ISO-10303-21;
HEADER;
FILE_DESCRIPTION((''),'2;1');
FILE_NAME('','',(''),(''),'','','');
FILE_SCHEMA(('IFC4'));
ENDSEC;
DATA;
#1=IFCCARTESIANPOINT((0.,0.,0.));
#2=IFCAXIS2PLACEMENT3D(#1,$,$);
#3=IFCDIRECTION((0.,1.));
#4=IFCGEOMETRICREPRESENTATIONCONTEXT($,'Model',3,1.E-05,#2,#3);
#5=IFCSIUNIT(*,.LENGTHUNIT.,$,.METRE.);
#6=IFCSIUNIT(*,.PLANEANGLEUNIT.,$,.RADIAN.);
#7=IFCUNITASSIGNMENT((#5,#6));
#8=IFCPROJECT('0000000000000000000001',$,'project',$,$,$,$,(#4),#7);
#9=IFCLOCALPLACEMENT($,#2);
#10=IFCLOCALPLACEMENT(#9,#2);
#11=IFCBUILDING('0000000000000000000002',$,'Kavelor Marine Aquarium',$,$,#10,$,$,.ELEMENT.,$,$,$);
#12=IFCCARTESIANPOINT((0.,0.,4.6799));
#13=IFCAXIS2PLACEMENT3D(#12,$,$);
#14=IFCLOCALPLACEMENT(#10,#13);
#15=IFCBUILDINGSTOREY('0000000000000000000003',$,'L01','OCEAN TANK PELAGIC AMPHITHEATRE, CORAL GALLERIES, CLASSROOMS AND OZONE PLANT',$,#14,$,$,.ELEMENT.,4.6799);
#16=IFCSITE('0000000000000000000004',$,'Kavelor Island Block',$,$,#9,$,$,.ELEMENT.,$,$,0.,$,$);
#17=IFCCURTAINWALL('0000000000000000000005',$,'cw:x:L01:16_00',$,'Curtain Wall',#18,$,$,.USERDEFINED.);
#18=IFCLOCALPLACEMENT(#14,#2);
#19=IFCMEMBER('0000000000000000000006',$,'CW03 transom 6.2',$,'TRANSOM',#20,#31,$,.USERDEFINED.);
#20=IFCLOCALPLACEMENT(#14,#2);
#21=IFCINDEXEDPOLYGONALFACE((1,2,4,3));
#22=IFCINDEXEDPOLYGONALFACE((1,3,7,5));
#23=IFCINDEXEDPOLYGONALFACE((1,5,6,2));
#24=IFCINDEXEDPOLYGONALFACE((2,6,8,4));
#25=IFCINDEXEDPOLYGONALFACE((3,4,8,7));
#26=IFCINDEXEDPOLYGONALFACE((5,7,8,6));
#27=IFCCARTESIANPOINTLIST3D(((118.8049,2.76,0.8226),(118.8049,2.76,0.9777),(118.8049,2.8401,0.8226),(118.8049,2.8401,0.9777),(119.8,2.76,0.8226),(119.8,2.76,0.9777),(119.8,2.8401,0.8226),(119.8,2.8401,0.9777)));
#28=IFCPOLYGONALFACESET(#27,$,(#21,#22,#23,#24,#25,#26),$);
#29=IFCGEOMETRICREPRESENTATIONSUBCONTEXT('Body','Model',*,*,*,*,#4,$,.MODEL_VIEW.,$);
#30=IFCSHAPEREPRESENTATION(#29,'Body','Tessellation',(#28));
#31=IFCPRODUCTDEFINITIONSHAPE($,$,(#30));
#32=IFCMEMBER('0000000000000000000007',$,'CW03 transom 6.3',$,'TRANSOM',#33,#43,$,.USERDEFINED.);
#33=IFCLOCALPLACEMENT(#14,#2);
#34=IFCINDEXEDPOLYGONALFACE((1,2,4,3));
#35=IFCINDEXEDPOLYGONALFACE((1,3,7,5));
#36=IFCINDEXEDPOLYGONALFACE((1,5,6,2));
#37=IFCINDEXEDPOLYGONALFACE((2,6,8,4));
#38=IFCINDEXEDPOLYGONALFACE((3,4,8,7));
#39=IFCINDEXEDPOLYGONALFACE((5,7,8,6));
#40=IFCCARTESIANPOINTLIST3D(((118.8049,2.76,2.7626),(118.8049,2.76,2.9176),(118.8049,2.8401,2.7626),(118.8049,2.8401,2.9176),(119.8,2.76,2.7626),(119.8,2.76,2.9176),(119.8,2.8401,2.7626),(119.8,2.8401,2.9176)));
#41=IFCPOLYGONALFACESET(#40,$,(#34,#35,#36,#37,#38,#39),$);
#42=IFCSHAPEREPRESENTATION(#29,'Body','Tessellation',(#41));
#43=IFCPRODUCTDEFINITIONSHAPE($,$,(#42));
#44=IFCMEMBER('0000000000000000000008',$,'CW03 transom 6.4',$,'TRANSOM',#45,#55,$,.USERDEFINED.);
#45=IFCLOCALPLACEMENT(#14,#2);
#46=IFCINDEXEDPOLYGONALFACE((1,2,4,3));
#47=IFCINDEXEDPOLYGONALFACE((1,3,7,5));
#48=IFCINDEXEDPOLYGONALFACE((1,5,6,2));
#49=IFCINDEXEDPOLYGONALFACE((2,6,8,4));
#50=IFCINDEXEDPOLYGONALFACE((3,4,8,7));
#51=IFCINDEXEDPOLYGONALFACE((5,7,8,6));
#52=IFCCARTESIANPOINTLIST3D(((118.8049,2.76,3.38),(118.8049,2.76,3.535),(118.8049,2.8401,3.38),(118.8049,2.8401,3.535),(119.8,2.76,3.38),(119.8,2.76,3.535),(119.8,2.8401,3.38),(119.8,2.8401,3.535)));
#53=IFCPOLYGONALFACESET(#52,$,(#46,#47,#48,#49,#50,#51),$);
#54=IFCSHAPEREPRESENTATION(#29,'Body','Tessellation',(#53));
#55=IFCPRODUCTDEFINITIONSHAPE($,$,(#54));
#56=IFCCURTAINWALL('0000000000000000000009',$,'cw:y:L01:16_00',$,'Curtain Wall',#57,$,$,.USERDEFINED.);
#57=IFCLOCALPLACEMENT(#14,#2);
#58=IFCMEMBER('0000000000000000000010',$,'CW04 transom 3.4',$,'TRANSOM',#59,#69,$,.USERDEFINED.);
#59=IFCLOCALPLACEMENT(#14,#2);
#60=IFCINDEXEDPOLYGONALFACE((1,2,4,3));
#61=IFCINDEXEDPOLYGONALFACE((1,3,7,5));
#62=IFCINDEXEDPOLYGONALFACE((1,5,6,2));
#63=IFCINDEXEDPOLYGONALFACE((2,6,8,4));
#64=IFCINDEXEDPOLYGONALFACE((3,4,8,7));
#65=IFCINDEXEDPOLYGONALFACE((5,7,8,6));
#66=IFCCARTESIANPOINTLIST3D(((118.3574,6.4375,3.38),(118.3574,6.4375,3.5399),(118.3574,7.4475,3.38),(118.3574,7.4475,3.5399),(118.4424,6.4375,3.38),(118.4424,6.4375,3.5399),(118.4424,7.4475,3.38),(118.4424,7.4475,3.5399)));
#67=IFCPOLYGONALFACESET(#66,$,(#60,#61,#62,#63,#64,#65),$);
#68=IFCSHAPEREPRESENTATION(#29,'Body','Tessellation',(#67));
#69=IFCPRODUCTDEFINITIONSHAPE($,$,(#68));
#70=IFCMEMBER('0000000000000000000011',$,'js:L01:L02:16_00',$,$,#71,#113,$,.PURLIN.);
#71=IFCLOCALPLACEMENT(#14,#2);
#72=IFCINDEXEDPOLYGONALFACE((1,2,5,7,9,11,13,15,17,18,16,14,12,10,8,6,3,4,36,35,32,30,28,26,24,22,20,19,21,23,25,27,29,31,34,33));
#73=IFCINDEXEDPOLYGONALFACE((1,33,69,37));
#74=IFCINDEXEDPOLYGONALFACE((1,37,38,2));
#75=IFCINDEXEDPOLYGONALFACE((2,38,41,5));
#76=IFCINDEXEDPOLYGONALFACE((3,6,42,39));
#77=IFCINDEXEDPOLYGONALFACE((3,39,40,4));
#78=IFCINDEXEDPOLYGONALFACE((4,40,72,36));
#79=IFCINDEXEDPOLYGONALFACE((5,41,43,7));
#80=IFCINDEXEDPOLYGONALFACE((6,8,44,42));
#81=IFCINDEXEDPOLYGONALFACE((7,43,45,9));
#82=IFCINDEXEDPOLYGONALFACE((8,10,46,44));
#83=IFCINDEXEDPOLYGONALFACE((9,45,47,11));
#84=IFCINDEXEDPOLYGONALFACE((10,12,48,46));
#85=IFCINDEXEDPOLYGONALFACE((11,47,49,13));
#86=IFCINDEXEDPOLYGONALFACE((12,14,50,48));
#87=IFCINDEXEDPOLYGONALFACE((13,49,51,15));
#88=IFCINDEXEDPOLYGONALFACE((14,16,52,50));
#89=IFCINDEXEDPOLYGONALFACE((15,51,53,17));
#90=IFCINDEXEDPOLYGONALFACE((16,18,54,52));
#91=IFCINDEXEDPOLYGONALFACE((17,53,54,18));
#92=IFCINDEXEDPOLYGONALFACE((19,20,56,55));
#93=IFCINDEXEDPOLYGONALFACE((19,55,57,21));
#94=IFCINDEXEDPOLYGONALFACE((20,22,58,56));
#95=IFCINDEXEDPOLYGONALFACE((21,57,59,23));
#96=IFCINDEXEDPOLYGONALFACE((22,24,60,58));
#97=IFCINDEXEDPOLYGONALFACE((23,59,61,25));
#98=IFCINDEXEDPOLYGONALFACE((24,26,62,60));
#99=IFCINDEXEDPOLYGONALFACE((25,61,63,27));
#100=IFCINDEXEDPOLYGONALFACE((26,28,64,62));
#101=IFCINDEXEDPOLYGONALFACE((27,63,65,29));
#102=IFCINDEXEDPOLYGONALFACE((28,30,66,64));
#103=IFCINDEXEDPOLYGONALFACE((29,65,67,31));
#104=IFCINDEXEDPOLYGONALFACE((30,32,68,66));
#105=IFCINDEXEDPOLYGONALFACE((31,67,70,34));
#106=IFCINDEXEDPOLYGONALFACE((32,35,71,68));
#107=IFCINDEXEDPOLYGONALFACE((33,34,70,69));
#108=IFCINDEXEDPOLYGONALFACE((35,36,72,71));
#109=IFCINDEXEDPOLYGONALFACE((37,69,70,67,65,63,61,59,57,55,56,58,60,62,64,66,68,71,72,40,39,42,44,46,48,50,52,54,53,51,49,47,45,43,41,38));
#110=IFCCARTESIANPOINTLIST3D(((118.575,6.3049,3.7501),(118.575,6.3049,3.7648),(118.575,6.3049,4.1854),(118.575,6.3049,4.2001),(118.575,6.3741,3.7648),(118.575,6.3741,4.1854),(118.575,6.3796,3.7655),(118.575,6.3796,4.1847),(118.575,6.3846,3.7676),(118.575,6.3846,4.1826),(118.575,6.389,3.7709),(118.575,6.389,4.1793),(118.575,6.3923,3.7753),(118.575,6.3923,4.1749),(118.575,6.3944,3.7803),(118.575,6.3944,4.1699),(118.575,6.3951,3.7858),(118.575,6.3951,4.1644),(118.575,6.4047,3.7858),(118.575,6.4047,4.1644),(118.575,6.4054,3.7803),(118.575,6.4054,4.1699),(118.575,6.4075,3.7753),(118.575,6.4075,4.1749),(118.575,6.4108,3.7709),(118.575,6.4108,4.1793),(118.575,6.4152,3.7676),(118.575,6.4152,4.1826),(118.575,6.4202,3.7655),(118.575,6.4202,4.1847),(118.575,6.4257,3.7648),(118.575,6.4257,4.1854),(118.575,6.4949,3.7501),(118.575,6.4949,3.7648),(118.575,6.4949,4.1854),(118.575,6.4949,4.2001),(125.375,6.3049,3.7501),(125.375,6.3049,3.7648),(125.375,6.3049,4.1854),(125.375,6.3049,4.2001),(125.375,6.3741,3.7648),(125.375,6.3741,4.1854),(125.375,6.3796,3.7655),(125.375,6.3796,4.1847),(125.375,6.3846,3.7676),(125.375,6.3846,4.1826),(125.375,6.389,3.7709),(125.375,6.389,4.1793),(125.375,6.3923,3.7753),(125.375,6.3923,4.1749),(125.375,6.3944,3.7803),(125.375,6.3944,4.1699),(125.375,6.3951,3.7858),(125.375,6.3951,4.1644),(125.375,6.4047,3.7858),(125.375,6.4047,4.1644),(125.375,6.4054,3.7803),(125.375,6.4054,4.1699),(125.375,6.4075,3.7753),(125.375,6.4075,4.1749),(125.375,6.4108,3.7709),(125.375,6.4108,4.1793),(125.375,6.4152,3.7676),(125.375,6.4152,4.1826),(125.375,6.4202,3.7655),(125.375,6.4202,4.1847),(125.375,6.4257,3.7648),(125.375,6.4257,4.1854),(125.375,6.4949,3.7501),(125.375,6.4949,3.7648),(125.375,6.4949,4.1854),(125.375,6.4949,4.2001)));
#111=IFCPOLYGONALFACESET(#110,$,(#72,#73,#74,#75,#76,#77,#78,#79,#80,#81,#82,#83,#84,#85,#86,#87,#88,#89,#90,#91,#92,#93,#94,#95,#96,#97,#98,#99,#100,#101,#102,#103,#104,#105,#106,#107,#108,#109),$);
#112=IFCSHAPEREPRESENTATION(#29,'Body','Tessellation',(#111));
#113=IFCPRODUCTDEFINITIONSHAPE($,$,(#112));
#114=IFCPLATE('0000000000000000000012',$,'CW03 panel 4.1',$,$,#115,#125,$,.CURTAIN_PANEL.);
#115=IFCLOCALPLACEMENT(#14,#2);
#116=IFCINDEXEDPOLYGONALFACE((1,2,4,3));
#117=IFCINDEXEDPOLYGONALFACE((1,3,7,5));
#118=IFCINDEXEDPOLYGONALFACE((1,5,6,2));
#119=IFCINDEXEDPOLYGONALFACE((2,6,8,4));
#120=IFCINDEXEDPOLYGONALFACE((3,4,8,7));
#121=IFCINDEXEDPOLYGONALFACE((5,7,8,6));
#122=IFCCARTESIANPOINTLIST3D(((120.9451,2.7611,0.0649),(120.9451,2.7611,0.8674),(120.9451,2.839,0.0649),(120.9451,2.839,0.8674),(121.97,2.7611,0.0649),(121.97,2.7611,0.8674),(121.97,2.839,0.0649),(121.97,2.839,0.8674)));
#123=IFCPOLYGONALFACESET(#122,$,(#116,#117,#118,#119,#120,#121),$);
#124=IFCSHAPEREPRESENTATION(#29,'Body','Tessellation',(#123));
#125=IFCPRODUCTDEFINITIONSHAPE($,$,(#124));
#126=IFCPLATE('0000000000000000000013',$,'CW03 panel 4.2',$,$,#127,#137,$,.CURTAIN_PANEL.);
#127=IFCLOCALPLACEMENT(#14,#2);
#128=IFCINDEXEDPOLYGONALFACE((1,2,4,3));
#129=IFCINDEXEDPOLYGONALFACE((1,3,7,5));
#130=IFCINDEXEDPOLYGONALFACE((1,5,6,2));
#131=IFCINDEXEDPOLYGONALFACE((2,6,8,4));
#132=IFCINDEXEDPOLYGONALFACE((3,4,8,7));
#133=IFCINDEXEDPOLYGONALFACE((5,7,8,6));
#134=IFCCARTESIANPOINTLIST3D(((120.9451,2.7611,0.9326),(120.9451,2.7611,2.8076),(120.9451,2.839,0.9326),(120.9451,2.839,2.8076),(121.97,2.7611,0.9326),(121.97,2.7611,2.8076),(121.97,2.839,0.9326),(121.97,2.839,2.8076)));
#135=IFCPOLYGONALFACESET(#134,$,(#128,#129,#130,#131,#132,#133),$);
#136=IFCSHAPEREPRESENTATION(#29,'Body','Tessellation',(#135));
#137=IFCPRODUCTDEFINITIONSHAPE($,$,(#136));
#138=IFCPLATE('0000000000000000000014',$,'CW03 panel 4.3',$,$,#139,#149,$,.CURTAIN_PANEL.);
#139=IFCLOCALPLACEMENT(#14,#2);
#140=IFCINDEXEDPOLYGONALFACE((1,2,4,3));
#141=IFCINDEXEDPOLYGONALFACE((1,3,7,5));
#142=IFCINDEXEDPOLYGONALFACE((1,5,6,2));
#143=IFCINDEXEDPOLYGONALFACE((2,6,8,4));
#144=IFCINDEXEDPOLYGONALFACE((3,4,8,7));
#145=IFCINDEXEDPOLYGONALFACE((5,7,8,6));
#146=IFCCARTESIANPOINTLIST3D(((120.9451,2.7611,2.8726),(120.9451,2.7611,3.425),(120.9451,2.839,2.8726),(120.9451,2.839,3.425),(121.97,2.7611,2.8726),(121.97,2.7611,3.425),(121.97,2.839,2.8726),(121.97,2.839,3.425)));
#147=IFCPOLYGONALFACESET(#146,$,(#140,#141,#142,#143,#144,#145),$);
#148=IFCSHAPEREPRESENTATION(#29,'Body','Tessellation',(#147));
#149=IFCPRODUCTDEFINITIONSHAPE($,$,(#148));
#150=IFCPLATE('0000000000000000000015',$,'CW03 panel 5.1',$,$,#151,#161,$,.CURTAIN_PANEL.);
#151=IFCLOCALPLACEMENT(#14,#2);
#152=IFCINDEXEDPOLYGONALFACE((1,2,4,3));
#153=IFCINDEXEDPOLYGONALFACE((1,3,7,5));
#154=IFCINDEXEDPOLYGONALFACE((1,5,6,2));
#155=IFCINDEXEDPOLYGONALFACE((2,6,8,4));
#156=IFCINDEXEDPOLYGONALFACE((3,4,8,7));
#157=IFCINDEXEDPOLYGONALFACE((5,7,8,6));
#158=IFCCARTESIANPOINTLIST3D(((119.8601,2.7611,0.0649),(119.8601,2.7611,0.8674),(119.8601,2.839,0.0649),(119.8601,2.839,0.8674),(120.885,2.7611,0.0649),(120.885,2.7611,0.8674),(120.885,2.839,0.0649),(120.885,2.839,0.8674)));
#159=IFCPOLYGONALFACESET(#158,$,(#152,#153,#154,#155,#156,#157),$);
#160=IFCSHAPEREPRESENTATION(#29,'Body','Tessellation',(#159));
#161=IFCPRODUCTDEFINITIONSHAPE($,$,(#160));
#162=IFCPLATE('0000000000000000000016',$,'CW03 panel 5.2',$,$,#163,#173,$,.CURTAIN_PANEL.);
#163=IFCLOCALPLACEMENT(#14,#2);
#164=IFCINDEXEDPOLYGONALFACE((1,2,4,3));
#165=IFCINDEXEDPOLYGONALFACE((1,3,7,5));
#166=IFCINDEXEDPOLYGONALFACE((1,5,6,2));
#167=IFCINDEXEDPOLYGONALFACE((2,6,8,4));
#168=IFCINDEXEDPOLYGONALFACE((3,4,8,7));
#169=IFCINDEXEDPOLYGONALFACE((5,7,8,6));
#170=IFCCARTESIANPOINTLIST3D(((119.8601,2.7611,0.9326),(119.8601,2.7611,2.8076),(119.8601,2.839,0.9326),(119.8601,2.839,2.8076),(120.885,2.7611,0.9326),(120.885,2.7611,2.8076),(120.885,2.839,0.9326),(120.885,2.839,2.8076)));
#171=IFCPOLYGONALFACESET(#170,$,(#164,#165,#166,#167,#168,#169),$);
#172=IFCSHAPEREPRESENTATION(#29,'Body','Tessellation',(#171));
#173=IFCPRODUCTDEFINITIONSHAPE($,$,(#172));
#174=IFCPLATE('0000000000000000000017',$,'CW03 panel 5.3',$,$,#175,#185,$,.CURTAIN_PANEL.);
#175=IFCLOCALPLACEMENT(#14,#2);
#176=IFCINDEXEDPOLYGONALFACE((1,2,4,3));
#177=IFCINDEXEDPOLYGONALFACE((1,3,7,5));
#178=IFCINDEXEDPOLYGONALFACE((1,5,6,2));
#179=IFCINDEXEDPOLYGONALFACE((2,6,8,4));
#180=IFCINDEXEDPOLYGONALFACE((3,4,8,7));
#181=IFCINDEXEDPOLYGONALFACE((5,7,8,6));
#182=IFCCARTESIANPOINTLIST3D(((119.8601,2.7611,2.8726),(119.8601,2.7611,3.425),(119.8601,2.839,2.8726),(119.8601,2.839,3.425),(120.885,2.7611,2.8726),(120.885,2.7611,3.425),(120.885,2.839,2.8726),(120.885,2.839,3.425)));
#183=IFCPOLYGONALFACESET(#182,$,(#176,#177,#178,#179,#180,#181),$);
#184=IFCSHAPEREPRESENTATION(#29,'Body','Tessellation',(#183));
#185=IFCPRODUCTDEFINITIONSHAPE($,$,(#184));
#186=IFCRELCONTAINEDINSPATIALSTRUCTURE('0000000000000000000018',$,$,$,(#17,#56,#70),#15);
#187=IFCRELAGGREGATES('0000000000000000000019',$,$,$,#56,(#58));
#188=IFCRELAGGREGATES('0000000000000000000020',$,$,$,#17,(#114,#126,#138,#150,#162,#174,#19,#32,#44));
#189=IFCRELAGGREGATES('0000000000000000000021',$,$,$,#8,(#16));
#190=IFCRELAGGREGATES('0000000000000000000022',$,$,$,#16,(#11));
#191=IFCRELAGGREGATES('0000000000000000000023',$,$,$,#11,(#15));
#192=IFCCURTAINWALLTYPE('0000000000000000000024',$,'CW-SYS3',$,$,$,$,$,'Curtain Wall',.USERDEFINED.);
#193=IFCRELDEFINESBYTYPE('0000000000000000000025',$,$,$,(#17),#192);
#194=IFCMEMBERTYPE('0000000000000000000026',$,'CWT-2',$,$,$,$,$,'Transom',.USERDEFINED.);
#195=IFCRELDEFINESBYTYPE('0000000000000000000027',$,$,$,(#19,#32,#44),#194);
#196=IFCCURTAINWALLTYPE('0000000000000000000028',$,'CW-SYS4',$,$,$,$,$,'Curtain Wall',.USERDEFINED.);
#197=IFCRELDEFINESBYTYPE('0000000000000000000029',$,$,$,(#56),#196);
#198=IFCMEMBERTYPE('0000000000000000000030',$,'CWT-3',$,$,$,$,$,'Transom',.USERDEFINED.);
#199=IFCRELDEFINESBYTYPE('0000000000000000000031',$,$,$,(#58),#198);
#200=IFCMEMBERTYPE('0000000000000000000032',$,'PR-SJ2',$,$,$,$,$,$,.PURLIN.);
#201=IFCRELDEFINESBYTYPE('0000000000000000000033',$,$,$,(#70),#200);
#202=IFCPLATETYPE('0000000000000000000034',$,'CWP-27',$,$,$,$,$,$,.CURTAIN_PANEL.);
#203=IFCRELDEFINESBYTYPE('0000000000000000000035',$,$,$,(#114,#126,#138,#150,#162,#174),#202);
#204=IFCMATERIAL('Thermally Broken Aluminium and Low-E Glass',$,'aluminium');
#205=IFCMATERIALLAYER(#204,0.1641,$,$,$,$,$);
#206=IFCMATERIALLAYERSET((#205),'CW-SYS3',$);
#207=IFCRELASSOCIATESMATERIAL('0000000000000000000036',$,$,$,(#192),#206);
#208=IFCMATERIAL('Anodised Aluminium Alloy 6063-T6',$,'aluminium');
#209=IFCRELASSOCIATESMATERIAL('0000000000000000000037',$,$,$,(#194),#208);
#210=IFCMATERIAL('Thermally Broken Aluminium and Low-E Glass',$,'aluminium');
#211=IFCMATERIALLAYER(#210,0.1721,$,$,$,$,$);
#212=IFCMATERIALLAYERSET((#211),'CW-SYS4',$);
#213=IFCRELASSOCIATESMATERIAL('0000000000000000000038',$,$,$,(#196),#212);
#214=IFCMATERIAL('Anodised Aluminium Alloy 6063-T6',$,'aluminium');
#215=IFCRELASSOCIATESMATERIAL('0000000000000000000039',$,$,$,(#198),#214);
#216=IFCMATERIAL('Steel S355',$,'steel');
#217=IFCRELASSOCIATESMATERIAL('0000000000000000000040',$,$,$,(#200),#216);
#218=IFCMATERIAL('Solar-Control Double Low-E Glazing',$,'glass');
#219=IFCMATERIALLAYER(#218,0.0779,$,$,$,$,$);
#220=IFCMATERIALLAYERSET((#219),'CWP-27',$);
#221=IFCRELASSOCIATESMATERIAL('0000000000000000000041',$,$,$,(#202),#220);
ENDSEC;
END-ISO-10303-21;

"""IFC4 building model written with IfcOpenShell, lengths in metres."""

from ifc_helpers import new_model, si_unit, direction, frame, origin, origin_2d, place, context, subcontext, project, spatial, rectangle, i_section, extrude, material, layer, layer_set, material_profile, profile_set, type_object, element, aggregate, save


model = new_model("IFC4")

# Units and contexts
model_context = context("Model", 3, precision=1e-05, world=origin(), true_north=direction((0.0, 1.0)))
body_context = subcontext(model_context, "Body", "Model", "MODEL_VIEW")
ifc_project = project(units=[si_unit("LENGTHUNIT", "METRE"), si_unit("PLANEANGLEUNIT", "RADIAN")], contexts=[model_context])

# Site, building, storey
site_placement = place(None, origin())
site = spatial("IfcSite", under=ifc_project, at=site_placement, Name="Kavelor Island Block", CompositionType="ELEMENT", RefElevation=0.0)
building_placement = place(site_placement, origin())
building = spatial("IfcBuilding", under=site, at=building_placement, Name="Kavelor Marine Aquarium", CompositionType="ELEMENT")
storey_placement = place(building_placement, frame((0.0, 0.0, 4.6799)))
storey = spatial("IfcBuildingStorey", under=building, at=storey_placement, Name="L01", Description="OCEAN TANK PELAGIC AMPHITHEATRE, CORAL GALLERIES, CLASSROOMS AND OZONE PLANT", CompositionType="ELEMENT", Elevation=4.6799)

# Curtain wall, members
ifc_material_1 = material(Name="Thermally Broken Aluminium and Low-E Glass", Category="aluminium")
ifc_layer_1 = layer(ifc_material_1, 0.1641)
ifc_layer_set_1 = layer_set([ifc_layer_1], Name="CW-SYS3")
curtain_wall_type_1 = type_object("IfcCurtainWallType", Name="CW-SYS3", ElementType="Curtain Wall", PredefinedType="USERDEFINED", material=ifc_layer_set_1)
curtain_wall_1_placement = place(storey_placement, origin())
curtain_wall_1 = element("IfcCurtainWall", 1, at=curtain_wall_1_placement, inside=storey, type_object=curtain_wall_type_1, Name="cw:x:L01:16_00", ObjectType="Curtain Wall", PredefinedType="USERDEFINED")
ifc_material_2 = material(Name="Anodised Aluminium Alloy 6063-T6", Category="aluminium")
ifc_material_profile_1 = material_profile(ifc_material_2, rectangle(XDim=0.0801, YDim=0.155, at=origin_2d()), Name="CW-TRN 80x155")
ifc_profile_set_1 = profile_set([ifc_material_profile_1], Name="Anodised Aluminium Alloy 6063-T6")
member_type_1 = type_object("IfcMemberType", Name="CWT-2", ElementType="Transom", PredefinedType="USERDEFINED", material=ifc_profile_set_1)
member_1_placement = place(storey_placement, frame((119.8, 2.8, 0.9001), z_axis=(-1.0, 0.0, 0.0), x_axis=(0.0, -1.0, 0.0)))
member_1 = element("IfcMember", 2, at=member_1_placement, type_object=member_type_1, Name="CW03 transom 6.2", ObjectType="TRANSOM", PredefinedType="USERDEFINED", context=body_context, shape_type="SweptSolid", body=[
    extrude(rectangle(XDim=0.0801, YDim=0.155, at=origin_2d()), origin(), (0.0, 0.0, 1.0), 0.9951),
])
member_2_placement = place(storey_placement, frame((119.8, 2.8, 2.8401), z_axis=(-1.0, 0.0, 0.0), x_axis=(0.0, -1.0, 0.0)))
member_2 = element("IfcMember", 3, at=member_2_placement, type_object=member_type_1, Name="CW03 transom 6.3", ObjectType="TRANSOM", PredefinedType="USERDEFINED", context=body_context, shape_type="SweptSolid", body=[
    extrude(rectangle(XDim=0.0801, YDim=0.155, at=origin_2d()), origin(), (0.0, 0.0, 1.0), 0.9951),
])
member_3_placement = place(storey_placement, frame((119.8, 2.8, 3.4575), z_axis=(-1.0, 0.0, 0.0), x_axis=(0.0, -1.0, 0.0)))
member_3 = element("IfcMember", 4, at=member_3_placement, type_object=member_type_1, Name="CW03 transom 6.4", ObjectType="TRANSOM", PredefinedType="USERDEFINED", context=body_context, shape_type="SweptSolid", body=[
    extrude(rectangle(XDim=0.0801, YDim=0.155, at=origin_2d()), origin(), (0.0, 0.0, 1.0), 0.9951),
])

# Curtain wall, member
ifc_material_3 = material(Name="Thermally Broken Aluminium and Low-E Glass", Category="aluminium")
ifc_layer_2 = layer(ifc_material_3, 0.1721)
ifc_layer_set_2 = layer_set([ifc_layer_2], Name="CW-SYS4")
curtain_wall_type_2 = type_object("IfcCurtainWallType", Name="CW-SYS4", ElementType="Curtain Wall", PredefinedType="USERDEFINED", material=ifc_layer_set_2)
curtain_wall_2_placement = place(storey_placement, origin())
curtain_wall_2 = element("IfcCurtainWall", 5, at=curtain_wall_2_placement, inside=storey, type_object=curtain_wall_type_2, Name="cw:y:L01:16_00", ObjectType="Curtain Wall", PredefinedType="USERDEFINED")
ifc_material_4 = material(Name="Anodised Aluminium Alloy 6063-T6", Category="aluminium")
ifc_material_profile_2 = material_profile(ifc_material_4, rectangle(XDim=0.085, YDim=0.1599, at=origin_2d()), Name="CW-TRN 85x160")
ifc_profile_set_2 = profile_set([ifc_material_profile_2], Name="Anodised Aluminium Alloy 6063-T6")
member_type_2 = type_object("IfcMemberType", Name="CWT-3", ElementType="Transom", PredefinedType="USERDEFINED", material=ifc_profile_set_2)
member_4_placement = place(storey_placement, frame((118.3999, 7.4475, 3.46), z_axis=(0.0, -1.0, 0.0), x_axis=(1.0, 0.0, 0.0)))
member_4 = element("IfcMember", 6, at=member_4_placement, type_object=member_type_2, Name="CW04 transom 3.4", ObjectType="TRANSOM", PredefinedType="USERDEFINED", context=body_context, shape_type="SweptSolid", body=[
    extrude(rectangle(XDim=0.085, YDim=0.1599, at=origin_2d()), origin(), (0.0, 0.0, 1.0), 1.01),
])
aggregate(curtain_wall_2, [member_4])

# Member
ifc_material_5 = material(Name="Steel S355", Category="steel")
ifc_material_profile_3 = material_profile(ifc_material_5, i_section(OverallWidth=0.1899, OverallDepth=0.45, WebThickness=0.0095, FlangeThickness=0.0146, FilletRadius=0.021, at=origin_2d()), Name="IPE 450")
ifc_profile_set_3 = profile_set([ifc_material_profile_3], Name="Steel S355")
member_type_3 = type_object("IfcMemberType", Name="PR-SJ2", PredefinedType="PURLIN", material=ifc_profile_set_3)
member_5_placement = place(storey_placement, frame((118.575, 6.3999, 3.9751), z_axis=(1.0, 0.0, 0.0), x_axis=(0.0, 1.0, 0.0)))
element("IfcMember", 7, at=member_5_placement, inside=storey, type_object=member_type_3, Name="js:L01:L02:16_00", PredefinedType="PURLIN", context=body_context, shape_type="SweptSolid", body=[
    extrude(i_section(OverallWidth=0.1899, OverallDepth=0.45, WebThickness=0.0095, FlangeThickness=0.0146, FilletRadius=0.021, at=origin_2d()), origin(), (0.0, 0.0, 1.0), 6.8),
])

# Plates
ifc_material_6 = material(Name="Solar-Control Double Low-E Glazing", Category="glass")
ifc_layer_3 = layer(ifc_material_6, 0.0779)
ifc_layer_set_3 = layer_set([ifc_layer_3], Name="CWP-27")
plate_type = type_object("IfcPlateType", Name="CWP-27", PredefinedType="CURTAIN_PANEL", material=ifc_layer_set_3)
plate_1_placement = place(storey_placement, frame((121.4575, 2.8, 0.0649), z_axis=(0.0, 0.0, 1.0), x_axis=(-1.0, 0.0, 0.0)))
plate_1 = element("IfcPlate", 8, at=plate_1_placement, type_object=plate_type, Name="CW03 panel 4.1", PredefinedType="CURTAIN_PANEL", context=body_context, shape_type="SweptSolid", body=[
    extrude(rectangle(XDim=1.0249, YDim=0.0779, at=origin_2d()), origin(), (0.0, 0.0, 1.0), 0.8025),
])
plate_2_placement = place(storey_placement, frame((121.4575, 2.8, 0.9326), z_axis=(0.0, 0.0, 1.0), x_axis=(-1.0, 0.0, 0.0)))
plate_2 = element("IfcPlate", 9, at=plate_2_placement, type_object=plate_type, Name="CW03 panel 4.2", PredefinedType="CURTAIN_PANEL", context=body_context, shape_type="SweptSolid", body=[
    extrude(rectangle(XDim=1.0249, YDim=0.0779, at=origin_2d()), origin(), (0.0, 0.0, 1.0), 1.875),
])
plate_3_placement = place(storey_placement, frame((121.4575, 2.8, 2.8726), z_axis=(0.0, 0.0, 1.0), x_axis=(-1.0, 0.0, 0.0)))
plate_3 = element("IfcPlate", 10, at=plate_3_placement, type_object=plate_type, Name="CW03 panel 4.3", PredefinedType="CURTAIN_PANEL", context=body_context, shape_type="SweptSolid", body=[
    extrude(rectangle(XDim=1.0249, YDim=0.0779, at=origin_2d()), origin(), (0.0, 0.0, 1.0), 0.5525),
])
plate_4_placement = place(storey_placement, frame((120.3726, 2.8, 0.0649), z_axis=(0.0, 0.0, 1.0), x_axis=(-1.0, 0.0, 0.0)))
plate_4 = element("IfcPlate", 11, at=plate_4_placement, type_object=plate_type, Name="CW03 panel 5.1", PredefinedType="CURTAIN_PANEL", context=body_context, shape_type="SweptSolid", body=[
    extrude(rectangle(XDim=1.0249, YDim=0.0779, at=origin_2d()), origin(), (0.0, 0.0, 1.0), 0.8025),
])
plate_5_placement = place(storey_placement, frame((120.3726, 2.8, 0.9326), z_axis=(0.0, 0.0, 1.0), x_axis=(-1.0, 0.0, 0.0)))
plate_5 = element("IfcPlate", 12, at=plate_5_placement, type_object=plate_type, Name="CW03 panel 5.2", PredefinedType="CURTAIN_PANEL", context=body_context, shape_type="SweptSolid", body=[
    extrude(rectangle(XDim=1.0249, YDim=0.0779, at=origin_2d()), origin(), (0.0, 0.0, 1.0), 1.875),
])
plate_6_placement = place(storey_placement, frame((120.3726, 2.8, 2.8726), z_axis=(0.0, 0.0, 1.0), x_axis=(-1.0, 0.0, 0.0)))
plate_6 = element("IfcPlate", 13, at=plate_6_placement, type_object=plate_type, Name="CW03 panel 5.3", PredefinedType="CURTAIN_PANEL", context=body_context, shape_type="SweptSolid", body=[
    extrude(rectangle(XDim=1.0249, YDim=0.0779, at=origin_2d()), origin(), (0.0, 0.0, 1.0), 0.5525),
])
aggregate(curtain_wall_1, [plate_1, plate_2, plate_3, plate_4, plate_5, plate_6, member_1, member_2, member_3])

save(model, "model.ifc")
